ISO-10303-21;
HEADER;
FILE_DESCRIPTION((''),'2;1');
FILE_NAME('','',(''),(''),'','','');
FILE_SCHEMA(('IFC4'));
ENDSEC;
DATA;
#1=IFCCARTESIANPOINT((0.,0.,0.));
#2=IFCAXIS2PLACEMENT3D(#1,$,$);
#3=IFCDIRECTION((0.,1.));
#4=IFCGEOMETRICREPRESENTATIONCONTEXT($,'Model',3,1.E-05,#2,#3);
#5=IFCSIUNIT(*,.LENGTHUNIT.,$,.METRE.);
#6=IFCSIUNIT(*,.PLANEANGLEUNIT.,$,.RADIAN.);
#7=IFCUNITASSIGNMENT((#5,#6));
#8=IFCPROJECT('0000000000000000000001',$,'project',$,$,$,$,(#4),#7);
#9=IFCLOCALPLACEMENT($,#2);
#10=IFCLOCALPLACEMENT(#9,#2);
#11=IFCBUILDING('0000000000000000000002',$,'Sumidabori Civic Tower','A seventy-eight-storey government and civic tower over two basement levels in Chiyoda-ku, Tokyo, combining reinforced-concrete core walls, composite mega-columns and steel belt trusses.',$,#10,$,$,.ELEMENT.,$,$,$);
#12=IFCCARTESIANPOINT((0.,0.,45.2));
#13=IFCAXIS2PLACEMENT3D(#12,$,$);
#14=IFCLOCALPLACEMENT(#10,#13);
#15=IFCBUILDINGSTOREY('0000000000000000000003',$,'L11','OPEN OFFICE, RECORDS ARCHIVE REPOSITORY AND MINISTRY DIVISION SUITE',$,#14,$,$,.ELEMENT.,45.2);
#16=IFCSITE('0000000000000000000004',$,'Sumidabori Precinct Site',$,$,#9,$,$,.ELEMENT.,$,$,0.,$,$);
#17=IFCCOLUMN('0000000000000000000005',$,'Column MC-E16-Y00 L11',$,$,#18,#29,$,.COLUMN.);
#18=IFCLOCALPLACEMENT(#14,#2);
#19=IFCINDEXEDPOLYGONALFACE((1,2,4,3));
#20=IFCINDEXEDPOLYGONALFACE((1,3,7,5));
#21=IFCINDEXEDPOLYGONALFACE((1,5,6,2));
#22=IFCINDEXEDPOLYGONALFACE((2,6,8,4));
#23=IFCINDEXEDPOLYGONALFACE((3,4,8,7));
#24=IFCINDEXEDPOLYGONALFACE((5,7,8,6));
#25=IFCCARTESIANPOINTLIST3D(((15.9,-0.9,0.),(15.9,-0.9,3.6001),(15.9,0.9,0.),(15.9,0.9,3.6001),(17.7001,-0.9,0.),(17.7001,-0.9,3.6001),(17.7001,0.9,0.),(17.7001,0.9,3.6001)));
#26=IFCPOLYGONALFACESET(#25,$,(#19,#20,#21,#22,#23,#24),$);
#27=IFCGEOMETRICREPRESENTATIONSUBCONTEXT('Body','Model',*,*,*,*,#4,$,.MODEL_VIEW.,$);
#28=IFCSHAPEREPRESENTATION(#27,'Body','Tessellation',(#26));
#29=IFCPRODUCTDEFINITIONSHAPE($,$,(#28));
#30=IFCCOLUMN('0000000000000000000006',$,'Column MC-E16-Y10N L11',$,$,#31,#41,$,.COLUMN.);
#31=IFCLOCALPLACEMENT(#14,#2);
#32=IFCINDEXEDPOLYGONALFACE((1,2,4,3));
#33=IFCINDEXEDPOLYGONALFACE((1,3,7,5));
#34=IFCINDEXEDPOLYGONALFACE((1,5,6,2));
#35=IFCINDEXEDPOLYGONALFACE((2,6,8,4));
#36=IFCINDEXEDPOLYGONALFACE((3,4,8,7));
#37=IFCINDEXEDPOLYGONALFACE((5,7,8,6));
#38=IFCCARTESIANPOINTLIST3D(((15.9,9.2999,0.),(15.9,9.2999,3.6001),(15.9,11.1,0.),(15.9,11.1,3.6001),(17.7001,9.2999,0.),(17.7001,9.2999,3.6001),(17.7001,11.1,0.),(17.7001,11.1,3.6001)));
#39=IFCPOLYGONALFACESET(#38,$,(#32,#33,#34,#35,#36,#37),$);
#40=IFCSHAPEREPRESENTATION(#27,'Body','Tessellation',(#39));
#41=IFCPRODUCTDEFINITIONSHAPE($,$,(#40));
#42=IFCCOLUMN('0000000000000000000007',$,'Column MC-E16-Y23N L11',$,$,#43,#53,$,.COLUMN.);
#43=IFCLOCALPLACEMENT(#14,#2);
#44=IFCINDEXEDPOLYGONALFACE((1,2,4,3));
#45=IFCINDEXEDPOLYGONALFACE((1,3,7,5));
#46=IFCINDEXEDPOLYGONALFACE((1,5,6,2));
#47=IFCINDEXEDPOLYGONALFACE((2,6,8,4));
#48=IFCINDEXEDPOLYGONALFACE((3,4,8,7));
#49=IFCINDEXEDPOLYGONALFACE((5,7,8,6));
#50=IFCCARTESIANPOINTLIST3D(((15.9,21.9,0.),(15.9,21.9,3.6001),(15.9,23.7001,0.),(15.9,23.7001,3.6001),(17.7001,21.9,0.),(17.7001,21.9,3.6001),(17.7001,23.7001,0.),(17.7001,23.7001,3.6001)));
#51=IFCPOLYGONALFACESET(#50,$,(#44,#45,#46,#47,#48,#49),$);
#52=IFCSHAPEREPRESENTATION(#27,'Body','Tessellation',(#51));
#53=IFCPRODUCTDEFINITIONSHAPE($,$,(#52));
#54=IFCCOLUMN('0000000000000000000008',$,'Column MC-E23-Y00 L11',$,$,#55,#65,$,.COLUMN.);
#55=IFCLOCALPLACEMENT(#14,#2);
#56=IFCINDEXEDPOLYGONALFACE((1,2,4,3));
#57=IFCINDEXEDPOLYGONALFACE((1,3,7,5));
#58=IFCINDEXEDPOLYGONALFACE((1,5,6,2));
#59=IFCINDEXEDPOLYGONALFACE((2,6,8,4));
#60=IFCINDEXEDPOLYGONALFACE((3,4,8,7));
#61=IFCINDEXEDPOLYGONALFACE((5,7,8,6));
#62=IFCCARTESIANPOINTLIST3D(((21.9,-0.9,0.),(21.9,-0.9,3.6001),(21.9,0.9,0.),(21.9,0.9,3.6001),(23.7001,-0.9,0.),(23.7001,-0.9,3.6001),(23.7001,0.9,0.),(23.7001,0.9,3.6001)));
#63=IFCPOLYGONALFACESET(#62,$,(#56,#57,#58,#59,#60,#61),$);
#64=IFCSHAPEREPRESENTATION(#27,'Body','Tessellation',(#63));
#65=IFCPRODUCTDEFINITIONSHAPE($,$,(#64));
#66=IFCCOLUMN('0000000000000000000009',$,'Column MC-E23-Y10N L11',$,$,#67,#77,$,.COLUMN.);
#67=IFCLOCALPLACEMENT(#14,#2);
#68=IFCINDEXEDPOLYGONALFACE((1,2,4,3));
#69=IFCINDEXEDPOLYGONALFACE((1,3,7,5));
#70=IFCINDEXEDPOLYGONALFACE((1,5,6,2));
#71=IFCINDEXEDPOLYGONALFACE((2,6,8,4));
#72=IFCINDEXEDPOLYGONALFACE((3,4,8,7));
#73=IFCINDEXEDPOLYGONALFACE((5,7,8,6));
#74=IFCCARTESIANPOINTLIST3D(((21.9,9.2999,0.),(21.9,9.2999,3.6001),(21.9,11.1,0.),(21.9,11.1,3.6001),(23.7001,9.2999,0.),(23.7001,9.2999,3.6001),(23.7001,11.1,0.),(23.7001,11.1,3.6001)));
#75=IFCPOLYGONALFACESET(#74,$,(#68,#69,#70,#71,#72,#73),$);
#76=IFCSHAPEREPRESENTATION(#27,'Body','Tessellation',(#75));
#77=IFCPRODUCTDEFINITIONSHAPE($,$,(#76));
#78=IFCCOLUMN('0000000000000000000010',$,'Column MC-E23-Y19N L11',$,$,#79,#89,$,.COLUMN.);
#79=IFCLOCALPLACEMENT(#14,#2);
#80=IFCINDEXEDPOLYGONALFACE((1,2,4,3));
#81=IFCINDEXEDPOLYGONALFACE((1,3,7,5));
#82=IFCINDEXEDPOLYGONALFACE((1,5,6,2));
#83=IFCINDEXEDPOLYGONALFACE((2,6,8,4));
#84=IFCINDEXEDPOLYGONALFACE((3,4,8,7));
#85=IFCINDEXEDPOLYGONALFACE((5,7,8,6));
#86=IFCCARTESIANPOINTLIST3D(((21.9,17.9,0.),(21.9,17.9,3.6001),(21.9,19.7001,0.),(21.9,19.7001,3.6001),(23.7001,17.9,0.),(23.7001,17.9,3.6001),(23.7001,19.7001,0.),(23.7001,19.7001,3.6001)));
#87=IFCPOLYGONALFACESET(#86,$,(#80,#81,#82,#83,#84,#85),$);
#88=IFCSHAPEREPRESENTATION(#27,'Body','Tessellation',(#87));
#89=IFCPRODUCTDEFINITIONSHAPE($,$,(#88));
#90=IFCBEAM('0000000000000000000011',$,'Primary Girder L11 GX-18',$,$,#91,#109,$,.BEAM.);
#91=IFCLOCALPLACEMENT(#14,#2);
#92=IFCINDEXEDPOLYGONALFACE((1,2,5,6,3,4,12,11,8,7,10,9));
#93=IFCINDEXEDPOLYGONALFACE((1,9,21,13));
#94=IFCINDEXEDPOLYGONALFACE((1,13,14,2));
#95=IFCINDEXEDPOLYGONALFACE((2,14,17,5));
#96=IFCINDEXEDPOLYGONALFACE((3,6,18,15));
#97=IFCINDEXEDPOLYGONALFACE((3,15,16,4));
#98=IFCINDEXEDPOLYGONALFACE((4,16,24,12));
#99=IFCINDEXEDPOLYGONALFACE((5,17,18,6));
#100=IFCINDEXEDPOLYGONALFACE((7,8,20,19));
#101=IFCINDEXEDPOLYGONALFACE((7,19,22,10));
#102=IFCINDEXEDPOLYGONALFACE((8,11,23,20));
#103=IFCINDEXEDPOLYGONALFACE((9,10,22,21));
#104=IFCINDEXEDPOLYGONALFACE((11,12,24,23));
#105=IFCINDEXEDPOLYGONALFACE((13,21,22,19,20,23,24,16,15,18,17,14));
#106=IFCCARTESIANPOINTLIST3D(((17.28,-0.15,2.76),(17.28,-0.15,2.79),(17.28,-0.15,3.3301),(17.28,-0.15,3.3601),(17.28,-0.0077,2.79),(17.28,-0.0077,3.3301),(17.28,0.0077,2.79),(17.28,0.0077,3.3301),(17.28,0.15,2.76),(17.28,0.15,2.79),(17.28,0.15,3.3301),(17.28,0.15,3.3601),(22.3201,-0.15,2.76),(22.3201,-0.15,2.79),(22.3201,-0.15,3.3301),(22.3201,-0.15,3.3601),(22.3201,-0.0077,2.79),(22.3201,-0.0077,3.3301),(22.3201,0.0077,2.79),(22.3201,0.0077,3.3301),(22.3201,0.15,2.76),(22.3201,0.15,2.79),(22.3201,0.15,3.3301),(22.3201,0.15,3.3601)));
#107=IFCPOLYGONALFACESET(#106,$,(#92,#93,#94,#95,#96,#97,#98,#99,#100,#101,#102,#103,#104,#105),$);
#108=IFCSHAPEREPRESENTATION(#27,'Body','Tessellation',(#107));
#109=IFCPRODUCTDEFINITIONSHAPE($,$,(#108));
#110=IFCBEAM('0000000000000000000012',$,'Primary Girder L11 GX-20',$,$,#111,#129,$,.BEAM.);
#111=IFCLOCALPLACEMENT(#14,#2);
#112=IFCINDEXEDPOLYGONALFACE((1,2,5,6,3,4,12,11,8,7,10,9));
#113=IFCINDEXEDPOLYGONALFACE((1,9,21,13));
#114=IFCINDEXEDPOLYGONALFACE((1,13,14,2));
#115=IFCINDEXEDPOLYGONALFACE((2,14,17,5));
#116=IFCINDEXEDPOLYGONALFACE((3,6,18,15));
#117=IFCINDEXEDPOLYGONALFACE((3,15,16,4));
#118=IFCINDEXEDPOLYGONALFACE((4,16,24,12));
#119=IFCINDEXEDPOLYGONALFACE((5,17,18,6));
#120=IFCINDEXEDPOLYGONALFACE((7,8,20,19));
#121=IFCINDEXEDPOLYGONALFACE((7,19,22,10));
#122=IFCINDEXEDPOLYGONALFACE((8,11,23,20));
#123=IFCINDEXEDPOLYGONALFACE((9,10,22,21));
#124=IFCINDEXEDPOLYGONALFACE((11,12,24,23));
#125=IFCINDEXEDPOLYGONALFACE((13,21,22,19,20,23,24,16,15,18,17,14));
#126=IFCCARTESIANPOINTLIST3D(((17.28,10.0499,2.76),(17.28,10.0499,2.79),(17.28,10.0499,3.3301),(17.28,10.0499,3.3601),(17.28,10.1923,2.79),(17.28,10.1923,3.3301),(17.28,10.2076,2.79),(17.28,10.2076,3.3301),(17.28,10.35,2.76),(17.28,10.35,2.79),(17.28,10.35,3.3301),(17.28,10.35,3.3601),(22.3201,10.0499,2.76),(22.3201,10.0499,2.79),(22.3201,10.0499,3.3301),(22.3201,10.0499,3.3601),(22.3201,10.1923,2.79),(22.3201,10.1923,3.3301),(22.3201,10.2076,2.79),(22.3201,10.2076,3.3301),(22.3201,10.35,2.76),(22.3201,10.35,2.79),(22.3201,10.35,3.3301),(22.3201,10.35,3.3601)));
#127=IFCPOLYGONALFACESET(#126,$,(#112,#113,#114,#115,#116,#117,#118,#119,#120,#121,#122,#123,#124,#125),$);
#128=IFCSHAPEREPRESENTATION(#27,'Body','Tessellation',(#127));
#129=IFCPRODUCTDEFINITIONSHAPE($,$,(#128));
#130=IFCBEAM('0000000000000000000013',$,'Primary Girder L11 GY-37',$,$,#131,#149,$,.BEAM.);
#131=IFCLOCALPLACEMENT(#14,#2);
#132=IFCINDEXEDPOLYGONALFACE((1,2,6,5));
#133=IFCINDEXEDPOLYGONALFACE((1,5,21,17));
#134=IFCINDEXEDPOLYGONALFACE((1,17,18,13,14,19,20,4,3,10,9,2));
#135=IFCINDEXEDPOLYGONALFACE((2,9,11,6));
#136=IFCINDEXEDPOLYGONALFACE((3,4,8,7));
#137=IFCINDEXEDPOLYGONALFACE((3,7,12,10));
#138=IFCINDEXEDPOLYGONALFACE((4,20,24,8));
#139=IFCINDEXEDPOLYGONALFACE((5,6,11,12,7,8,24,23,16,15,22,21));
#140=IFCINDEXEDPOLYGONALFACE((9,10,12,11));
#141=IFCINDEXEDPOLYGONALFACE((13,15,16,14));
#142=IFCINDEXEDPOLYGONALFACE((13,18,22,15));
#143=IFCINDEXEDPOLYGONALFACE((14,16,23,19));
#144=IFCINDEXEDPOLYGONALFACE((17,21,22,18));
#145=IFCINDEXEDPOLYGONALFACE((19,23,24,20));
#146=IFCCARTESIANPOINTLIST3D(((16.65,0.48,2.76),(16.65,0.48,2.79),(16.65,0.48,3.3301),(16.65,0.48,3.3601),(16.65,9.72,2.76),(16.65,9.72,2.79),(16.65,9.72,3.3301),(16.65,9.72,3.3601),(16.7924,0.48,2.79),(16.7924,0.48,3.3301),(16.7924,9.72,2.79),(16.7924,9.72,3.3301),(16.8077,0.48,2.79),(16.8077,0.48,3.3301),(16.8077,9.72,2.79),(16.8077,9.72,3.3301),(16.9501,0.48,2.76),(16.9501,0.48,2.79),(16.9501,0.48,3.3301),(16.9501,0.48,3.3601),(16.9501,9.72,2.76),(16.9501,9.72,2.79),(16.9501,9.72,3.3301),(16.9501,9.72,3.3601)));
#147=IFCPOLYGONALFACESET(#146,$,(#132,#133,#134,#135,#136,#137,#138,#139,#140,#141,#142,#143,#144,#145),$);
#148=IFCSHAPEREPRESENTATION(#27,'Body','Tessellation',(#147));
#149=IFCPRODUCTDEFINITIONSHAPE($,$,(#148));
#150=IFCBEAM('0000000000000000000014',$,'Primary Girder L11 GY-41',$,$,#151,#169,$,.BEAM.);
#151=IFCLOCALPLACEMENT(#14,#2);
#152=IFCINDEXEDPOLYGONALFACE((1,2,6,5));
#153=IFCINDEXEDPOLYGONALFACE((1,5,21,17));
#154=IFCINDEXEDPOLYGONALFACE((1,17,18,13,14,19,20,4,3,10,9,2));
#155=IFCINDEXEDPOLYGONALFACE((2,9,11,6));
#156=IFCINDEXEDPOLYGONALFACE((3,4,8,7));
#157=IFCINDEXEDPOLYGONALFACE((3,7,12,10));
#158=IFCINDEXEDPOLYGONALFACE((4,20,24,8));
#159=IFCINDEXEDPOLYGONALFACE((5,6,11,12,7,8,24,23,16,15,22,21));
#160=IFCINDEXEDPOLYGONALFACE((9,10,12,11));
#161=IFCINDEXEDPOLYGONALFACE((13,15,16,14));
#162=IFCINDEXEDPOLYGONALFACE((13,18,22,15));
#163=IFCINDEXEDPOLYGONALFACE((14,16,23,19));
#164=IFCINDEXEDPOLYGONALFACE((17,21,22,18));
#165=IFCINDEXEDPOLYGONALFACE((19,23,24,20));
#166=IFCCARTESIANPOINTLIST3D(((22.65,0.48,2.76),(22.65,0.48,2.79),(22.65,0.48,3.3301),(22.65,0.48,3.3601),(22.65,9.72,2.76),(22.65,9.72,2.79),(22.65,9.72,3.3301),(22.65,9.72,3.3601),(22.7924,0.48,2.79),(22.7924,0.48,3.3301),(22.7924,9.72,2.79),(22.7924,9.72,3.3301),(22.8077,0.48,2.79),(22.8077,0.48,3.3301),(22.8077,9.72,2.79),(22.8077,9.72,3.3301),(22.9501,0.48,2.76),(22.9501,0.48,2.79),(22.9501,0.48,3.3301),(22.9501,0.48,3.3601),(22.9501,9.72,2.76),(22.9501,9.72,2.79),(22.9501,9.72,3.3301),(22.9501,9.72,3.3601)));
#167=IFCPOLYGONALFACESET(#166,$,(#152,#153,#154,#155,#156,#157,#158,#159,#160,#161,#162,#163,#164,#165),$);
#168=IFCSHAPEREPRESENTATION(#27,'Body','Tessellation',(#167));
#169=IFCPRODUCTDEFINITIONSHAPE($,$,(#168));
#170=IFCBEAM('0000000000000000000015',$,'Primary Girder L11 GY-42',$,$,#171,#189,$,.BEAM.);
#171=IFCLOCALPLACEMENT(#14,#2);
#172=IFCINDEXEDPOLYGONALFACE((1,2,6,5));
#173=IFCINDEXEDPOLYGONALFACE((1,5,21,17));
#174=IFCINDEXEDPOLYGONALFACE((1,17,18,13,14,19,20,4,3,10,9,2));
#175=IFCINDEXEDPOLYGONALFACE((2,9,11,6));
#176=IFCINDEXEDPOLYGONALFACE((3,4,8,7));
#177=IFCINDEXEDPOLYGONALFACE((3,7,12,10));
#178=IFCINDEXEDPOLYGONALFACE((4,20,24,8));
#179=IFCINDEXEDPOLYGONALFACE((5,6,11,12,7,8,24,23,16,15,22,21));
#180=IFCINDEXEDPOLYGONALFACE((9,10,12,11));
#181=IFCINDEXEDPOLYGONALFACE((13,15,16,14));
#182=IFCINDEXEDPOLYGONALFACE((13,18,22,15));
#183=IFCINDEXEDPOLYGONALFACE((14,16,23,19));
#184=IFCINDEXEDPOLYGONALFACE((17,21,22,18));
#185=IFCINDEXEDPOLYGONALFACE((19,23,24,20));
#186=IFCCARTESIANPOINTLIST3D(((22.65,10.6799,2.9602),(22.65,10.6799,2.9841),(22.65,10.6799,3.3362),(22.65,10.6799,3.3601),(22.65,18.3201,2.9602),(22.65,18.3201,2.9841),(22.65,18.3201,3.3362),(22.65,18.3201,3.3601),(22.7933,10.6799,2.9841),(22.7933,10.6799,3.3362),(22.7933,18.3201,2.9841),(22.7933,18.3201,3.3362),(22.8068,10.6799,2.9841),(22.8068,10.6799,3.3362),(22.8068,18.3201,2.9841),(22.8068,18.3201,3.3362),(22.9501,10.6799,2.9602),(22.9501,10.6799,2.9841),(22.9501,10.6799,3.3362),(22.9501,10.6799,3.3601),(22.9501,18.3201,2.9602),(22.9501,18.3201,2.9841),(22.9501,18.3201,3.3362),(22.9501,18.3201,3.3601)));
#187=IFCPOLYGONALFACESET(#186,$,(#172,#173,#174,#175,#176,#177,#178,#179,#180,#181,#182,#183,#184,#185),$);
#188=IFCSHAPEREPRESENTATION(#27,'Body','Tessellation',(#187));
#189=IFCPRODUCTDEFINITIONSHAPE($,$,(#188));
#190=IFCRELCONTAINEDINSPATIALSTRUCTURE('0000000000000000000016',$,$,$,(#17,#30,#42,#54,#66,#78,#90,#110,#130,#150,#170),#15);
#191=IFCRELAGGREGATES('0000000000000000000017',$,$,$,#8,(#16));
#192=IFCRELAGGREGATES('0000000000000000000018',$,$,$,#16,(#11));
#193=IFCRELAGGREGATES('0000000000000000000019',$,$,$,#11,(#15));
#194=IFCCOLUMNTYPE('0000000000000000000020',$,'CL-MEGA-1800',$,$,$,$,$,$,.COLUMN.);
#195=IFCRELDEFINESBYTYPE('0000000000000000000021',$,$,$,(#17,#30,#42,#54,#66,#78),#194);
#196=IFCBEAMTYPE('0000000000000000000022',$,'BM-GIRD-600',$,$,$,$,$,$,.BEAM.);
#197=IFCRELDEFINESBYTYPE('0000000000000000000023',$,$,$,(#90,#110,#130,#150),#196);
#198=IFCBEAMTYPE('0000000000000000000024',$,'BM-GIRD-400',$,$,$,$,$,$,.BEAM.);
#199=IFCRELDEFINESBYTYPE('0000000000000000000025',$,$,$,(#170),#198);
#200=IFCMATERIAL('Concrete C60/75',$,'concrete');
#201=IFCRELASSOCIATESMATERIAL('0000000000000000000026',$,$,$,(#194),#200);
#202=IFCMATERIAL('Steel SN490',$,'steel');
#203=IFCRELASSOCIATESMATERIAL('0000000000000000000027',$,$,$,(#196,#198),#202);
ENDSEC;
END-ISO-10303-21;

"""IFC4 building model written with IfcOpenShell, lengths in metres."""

from ifc_helpers import new_model, si_unit, direction, frame, origin, origin_2d, place, context, subcontext, project, spatial, rectangle, i_section, extrude, source, transform, mapped, material, material_profile, profile_set, type_object, element, save


model = new_model("IFC4")

# Units and contexts
model_context = context("Model", 3, precision=1e-05, world=origin(), true_north=direction((0.0, 1.0)))
body_context = subcontext(model_context, "Body", "Model", "MODEL_VIEW")
ifc_project = project(units=[si_unit("LENGTHUNIT", "METRE"), si_unit("PLANEANGLEUNIT", "RADIAN")], contexts=[model_context])

# Site, building, storey
site_placement = place(None, origin())
site = spatial("IfcSite", under=ifc_project, at=site_placement, Name="Sumidabori Precinct Site", CompositionType="ELEMENT", RefElevation=0.0)
building_placement = place(site_placement, origin())
building = spatial("IfcBuilding", under=site, at=building_placement, Name="Sumidabori Civic Tower", Description="A seventy-eight-storey government and civic tower over two basement levels in Chiyoda-ku, Tokyo, combining reinforced-concrete core walls, composite mega-columns and steel belt trusses.", CompositionType="ELEMENT")
storey_placement = place(building_placement, frame((0.0, 0.0, 45.2)))
storey = spatial("IfcBuildingStorey", under=building, at=storey_placement, Name="L11", Description="OPEN OFFICE, RECORDS ARCHIVE REPOSITORY AND MINISTRY DIVISION SUITE", CompositionType="ELEMENT", Elevation=45.2)

# Columns
ifc_material_1 = material(Name="Concrete C60/75", Category="concrete")
ifc_material_profile_1 = material_profile(ifc_material_1, rectangle(XDim=1.8, YDim=1.8, at=origin_2d()), Name="RC 1800x1800")
ifc_profile_set_1 = profile_set([ifc_material_profile_1], Name="Concrete C60/75")
column_type = type_object("IfcColumnType", Name="CL-MEGA-1800", PredefinedType="COLUMN", material=ifc_profile_set_1)
shared_shape_1 = source(origin(), body_context, "Body", "SweptSolid", [
    extrude(rectangle(XDim=1.8, YDim=1.8, at=origin_2d()), origin(), (0.0, 0.0, 1.0), 3.6001),
])
for number, where, z_axis, x_axis, name in (
    (1, (16.8, 0.0, 0.0), (0.0, 0.0, 1.0), (1.0, 0.0, 0.0), "Column MC-E16-Y00 L11"),
    (2, (16.8, 10.2, 0.0), (0.0, 0.0, 1.0), (1.0, 0.0, 0.0), "Column MC-E16-Y10N L11"),
    (3, (16.8, 22.8, 0.0), (0.0, 0.0, 1.0), (1.0, 0.0, 0.0), "Column MC-E16-Y23N L11"),
    (4, (22.8, 0.0, 0.0), (0.0, 0.0, 1.0), (1.0, 0.0, 0.0), "Column MC-E23-Y00 L11"),
    (5, (22.8, 10.2, 0.0), (0.0, 0.0, 1.0), (1.0, 0.0, 0.0), "Column MC-E23-Y10N L11"),
    (6, (22.8, 18.8, 0.0), (0.0, 0.0, 1.0), (1.0, 0.0, 0.0), "Column MC-E23-Y19N L11"),
):
    element("IfcColumn", number, at=place(storey_placement, frame(where, z_axis=z_axis, x_axis=x_axis)), inside=storey, type_object=column_type, Name=name, PredefinedType="COLUMN", context=body_context, shape_type="MappedRepresentation", body=[
        mapped(shared_shape_1, transform((0.0, 0.0, 0.0), x_axis=(1.0, 0.0, 0.0), y_axis=(0.0, 1.0, 0.0), z_axis=(0.0, 0.0, 1.0), scale=1.0)),
    ])

# Beams
ifc_material_2 = material(Name="Steel SN490", Category="steel")
ifc_material_profile_2 = material_profile(ifc_material_2, i_section(OverallWidth=0.3, OverallDepth=0.6001, WebThickness=0.0154, FlangeThickness=0.03, at=origin_2d()), Name="HE 600 B")
ifc_profile_set_2 = profile_set([ifc_material_profile_2], Name="Steel SN490")
beam_type_1 = type_object("IfcBeamType", Name="BM-GIRD-600", PredefinedType="BEAM", material=ifc_profile_set_2)
shared_shape_2 = source(origin(), body_context, "Body", "SweptSolid", [
    extrude(i_section(OverallWidth=0.3, OverallDepth=0.6001, WebThickness=0.0154, FlangeThickness=0.03, at=origin_2d()), origin(), (0.0, 0.0, 1.0), 5.04),
])
for number, where, z_axis, x_axis, name in (
    (7, (17.28, 0.0, 3.0601), (1.0, 0.0, 0.0), (0.0, 1.0, 0.0), "Primary Girder L11 GX-18"),
    (8, (17.28, 10.2, 3.0601), (1.0, 0.0, 0.0), (0.0, 1.0, 0.0), "Primary Girder L11 GX-20"),
):
    element("IfcBeam", number, at=place(storey_placement, frame(where, z_axis=z_axis, x_axis=x_axis)), inside=storey, type_object=beam_type_1, Name=name, PredefinedType="BEAM", context=body_context, shape_type="MappedRepresentation", body=[
        mapped(shared_shape_2, transform((0.0, 0.0, 0.0), x_axis=(1.0, 0.0, 0.0), y_axis=(0.0, 1.0, 0.0), z_axis=(0.0, 0.0, 1.0), scale=1.0)),
    ])
shared_shape_3 = source(origin(), body_context, "Body", "SweptSolid", [
    extrude(i_section(OverallWidth=0.3, OverallDepth=0.6001, WebThickness=0.0154, FlangeThickness=0.03, at=origin_2d()), origin(), (0.0, 0.0, 1.0), 9.24),
])
for number, where, z_axis, x_axis, name in (
    (9, (16.8, 0.48, 3.0601), (0.0, 1.0, 0.0), (-1.0, 0.0, 0.0), "Primary Girder L11 GY-37"),
    (10, (22.8, 0.48, 3.0601), (0.0, 1.0, 0.0), (-1.0, 0.0, 0.0), "Primary Girder L11 GY-41"),
):
    element("IfcBeam", number, at=place(storey_placement, frame(where, z_axis=z_axis, x_axis=x_axis)), inside=storey, type_object=beam_type_1, Name=name, PredefinedType="BEAM", context=body_context, shape_type="MappedRepresentation", body=[
        mapped(shared_shape_3, transform((0.0, 0.0, 0.0), x_axis=(1.0, 0.0, 0.0), y_axis=(0.0, 1.0, 0.0), z_axis=(0.0, 0.0, 1.0), scale=1.0)),
    ])
ifc_material_profile_3 = material_profile(ifc_material_2, i_section(OverallWidth=0.3, OverallDepth=0.3999, WebThickness=0.0134, FlangeThickness=0.0239, at=origin_2d()), Name="HE 400 B")
ifc_profile_set_3 = profile_set([ifc_material_profile_3], Name="Steel SN490")
beam_type_2 = type_object("IfcBeamType", Name="BM-GIRD-400", PredefinedType="BEAM", material=ifc_profile_set_3)
shared_shape_4 = source(origin(), body_context, "Body", "SweptSolid", [
    extrude(i_section(OverallWidth=0.3, OverallDepth=0.3999, WebThickness=0.0134, FlangeThickness=0.0239, at=origin_2d()), origin(), (0.0, 0.0, 1.0), 7.6401),
])
beam_1_placement = place(storey_placement, frame((22.8, 10.6799, 3.1602), z_axis=(0.0, 1.0, 0.0), x_axis=(-1.0, 0.0, 0.0)))
element("IfcBeam", 11, at=beam_1_placement, inside=storey, type_object=beam_type_2, Name="Primary Girder L11 GY-42", PredefinedType="BEAM", context=body_context, shape_type="MappedRepresentation", body=[
    mapped(shared_shape_4, transform((0.0, 0.0, 0.0), x_axis=(1.0, 0.0, 0.0), y_axis=(0.0, 1.0, 0.0), z_axis=(0.0, 0.0, 1.0), scale=1.0)),
])

save(model, "model.ifc")
